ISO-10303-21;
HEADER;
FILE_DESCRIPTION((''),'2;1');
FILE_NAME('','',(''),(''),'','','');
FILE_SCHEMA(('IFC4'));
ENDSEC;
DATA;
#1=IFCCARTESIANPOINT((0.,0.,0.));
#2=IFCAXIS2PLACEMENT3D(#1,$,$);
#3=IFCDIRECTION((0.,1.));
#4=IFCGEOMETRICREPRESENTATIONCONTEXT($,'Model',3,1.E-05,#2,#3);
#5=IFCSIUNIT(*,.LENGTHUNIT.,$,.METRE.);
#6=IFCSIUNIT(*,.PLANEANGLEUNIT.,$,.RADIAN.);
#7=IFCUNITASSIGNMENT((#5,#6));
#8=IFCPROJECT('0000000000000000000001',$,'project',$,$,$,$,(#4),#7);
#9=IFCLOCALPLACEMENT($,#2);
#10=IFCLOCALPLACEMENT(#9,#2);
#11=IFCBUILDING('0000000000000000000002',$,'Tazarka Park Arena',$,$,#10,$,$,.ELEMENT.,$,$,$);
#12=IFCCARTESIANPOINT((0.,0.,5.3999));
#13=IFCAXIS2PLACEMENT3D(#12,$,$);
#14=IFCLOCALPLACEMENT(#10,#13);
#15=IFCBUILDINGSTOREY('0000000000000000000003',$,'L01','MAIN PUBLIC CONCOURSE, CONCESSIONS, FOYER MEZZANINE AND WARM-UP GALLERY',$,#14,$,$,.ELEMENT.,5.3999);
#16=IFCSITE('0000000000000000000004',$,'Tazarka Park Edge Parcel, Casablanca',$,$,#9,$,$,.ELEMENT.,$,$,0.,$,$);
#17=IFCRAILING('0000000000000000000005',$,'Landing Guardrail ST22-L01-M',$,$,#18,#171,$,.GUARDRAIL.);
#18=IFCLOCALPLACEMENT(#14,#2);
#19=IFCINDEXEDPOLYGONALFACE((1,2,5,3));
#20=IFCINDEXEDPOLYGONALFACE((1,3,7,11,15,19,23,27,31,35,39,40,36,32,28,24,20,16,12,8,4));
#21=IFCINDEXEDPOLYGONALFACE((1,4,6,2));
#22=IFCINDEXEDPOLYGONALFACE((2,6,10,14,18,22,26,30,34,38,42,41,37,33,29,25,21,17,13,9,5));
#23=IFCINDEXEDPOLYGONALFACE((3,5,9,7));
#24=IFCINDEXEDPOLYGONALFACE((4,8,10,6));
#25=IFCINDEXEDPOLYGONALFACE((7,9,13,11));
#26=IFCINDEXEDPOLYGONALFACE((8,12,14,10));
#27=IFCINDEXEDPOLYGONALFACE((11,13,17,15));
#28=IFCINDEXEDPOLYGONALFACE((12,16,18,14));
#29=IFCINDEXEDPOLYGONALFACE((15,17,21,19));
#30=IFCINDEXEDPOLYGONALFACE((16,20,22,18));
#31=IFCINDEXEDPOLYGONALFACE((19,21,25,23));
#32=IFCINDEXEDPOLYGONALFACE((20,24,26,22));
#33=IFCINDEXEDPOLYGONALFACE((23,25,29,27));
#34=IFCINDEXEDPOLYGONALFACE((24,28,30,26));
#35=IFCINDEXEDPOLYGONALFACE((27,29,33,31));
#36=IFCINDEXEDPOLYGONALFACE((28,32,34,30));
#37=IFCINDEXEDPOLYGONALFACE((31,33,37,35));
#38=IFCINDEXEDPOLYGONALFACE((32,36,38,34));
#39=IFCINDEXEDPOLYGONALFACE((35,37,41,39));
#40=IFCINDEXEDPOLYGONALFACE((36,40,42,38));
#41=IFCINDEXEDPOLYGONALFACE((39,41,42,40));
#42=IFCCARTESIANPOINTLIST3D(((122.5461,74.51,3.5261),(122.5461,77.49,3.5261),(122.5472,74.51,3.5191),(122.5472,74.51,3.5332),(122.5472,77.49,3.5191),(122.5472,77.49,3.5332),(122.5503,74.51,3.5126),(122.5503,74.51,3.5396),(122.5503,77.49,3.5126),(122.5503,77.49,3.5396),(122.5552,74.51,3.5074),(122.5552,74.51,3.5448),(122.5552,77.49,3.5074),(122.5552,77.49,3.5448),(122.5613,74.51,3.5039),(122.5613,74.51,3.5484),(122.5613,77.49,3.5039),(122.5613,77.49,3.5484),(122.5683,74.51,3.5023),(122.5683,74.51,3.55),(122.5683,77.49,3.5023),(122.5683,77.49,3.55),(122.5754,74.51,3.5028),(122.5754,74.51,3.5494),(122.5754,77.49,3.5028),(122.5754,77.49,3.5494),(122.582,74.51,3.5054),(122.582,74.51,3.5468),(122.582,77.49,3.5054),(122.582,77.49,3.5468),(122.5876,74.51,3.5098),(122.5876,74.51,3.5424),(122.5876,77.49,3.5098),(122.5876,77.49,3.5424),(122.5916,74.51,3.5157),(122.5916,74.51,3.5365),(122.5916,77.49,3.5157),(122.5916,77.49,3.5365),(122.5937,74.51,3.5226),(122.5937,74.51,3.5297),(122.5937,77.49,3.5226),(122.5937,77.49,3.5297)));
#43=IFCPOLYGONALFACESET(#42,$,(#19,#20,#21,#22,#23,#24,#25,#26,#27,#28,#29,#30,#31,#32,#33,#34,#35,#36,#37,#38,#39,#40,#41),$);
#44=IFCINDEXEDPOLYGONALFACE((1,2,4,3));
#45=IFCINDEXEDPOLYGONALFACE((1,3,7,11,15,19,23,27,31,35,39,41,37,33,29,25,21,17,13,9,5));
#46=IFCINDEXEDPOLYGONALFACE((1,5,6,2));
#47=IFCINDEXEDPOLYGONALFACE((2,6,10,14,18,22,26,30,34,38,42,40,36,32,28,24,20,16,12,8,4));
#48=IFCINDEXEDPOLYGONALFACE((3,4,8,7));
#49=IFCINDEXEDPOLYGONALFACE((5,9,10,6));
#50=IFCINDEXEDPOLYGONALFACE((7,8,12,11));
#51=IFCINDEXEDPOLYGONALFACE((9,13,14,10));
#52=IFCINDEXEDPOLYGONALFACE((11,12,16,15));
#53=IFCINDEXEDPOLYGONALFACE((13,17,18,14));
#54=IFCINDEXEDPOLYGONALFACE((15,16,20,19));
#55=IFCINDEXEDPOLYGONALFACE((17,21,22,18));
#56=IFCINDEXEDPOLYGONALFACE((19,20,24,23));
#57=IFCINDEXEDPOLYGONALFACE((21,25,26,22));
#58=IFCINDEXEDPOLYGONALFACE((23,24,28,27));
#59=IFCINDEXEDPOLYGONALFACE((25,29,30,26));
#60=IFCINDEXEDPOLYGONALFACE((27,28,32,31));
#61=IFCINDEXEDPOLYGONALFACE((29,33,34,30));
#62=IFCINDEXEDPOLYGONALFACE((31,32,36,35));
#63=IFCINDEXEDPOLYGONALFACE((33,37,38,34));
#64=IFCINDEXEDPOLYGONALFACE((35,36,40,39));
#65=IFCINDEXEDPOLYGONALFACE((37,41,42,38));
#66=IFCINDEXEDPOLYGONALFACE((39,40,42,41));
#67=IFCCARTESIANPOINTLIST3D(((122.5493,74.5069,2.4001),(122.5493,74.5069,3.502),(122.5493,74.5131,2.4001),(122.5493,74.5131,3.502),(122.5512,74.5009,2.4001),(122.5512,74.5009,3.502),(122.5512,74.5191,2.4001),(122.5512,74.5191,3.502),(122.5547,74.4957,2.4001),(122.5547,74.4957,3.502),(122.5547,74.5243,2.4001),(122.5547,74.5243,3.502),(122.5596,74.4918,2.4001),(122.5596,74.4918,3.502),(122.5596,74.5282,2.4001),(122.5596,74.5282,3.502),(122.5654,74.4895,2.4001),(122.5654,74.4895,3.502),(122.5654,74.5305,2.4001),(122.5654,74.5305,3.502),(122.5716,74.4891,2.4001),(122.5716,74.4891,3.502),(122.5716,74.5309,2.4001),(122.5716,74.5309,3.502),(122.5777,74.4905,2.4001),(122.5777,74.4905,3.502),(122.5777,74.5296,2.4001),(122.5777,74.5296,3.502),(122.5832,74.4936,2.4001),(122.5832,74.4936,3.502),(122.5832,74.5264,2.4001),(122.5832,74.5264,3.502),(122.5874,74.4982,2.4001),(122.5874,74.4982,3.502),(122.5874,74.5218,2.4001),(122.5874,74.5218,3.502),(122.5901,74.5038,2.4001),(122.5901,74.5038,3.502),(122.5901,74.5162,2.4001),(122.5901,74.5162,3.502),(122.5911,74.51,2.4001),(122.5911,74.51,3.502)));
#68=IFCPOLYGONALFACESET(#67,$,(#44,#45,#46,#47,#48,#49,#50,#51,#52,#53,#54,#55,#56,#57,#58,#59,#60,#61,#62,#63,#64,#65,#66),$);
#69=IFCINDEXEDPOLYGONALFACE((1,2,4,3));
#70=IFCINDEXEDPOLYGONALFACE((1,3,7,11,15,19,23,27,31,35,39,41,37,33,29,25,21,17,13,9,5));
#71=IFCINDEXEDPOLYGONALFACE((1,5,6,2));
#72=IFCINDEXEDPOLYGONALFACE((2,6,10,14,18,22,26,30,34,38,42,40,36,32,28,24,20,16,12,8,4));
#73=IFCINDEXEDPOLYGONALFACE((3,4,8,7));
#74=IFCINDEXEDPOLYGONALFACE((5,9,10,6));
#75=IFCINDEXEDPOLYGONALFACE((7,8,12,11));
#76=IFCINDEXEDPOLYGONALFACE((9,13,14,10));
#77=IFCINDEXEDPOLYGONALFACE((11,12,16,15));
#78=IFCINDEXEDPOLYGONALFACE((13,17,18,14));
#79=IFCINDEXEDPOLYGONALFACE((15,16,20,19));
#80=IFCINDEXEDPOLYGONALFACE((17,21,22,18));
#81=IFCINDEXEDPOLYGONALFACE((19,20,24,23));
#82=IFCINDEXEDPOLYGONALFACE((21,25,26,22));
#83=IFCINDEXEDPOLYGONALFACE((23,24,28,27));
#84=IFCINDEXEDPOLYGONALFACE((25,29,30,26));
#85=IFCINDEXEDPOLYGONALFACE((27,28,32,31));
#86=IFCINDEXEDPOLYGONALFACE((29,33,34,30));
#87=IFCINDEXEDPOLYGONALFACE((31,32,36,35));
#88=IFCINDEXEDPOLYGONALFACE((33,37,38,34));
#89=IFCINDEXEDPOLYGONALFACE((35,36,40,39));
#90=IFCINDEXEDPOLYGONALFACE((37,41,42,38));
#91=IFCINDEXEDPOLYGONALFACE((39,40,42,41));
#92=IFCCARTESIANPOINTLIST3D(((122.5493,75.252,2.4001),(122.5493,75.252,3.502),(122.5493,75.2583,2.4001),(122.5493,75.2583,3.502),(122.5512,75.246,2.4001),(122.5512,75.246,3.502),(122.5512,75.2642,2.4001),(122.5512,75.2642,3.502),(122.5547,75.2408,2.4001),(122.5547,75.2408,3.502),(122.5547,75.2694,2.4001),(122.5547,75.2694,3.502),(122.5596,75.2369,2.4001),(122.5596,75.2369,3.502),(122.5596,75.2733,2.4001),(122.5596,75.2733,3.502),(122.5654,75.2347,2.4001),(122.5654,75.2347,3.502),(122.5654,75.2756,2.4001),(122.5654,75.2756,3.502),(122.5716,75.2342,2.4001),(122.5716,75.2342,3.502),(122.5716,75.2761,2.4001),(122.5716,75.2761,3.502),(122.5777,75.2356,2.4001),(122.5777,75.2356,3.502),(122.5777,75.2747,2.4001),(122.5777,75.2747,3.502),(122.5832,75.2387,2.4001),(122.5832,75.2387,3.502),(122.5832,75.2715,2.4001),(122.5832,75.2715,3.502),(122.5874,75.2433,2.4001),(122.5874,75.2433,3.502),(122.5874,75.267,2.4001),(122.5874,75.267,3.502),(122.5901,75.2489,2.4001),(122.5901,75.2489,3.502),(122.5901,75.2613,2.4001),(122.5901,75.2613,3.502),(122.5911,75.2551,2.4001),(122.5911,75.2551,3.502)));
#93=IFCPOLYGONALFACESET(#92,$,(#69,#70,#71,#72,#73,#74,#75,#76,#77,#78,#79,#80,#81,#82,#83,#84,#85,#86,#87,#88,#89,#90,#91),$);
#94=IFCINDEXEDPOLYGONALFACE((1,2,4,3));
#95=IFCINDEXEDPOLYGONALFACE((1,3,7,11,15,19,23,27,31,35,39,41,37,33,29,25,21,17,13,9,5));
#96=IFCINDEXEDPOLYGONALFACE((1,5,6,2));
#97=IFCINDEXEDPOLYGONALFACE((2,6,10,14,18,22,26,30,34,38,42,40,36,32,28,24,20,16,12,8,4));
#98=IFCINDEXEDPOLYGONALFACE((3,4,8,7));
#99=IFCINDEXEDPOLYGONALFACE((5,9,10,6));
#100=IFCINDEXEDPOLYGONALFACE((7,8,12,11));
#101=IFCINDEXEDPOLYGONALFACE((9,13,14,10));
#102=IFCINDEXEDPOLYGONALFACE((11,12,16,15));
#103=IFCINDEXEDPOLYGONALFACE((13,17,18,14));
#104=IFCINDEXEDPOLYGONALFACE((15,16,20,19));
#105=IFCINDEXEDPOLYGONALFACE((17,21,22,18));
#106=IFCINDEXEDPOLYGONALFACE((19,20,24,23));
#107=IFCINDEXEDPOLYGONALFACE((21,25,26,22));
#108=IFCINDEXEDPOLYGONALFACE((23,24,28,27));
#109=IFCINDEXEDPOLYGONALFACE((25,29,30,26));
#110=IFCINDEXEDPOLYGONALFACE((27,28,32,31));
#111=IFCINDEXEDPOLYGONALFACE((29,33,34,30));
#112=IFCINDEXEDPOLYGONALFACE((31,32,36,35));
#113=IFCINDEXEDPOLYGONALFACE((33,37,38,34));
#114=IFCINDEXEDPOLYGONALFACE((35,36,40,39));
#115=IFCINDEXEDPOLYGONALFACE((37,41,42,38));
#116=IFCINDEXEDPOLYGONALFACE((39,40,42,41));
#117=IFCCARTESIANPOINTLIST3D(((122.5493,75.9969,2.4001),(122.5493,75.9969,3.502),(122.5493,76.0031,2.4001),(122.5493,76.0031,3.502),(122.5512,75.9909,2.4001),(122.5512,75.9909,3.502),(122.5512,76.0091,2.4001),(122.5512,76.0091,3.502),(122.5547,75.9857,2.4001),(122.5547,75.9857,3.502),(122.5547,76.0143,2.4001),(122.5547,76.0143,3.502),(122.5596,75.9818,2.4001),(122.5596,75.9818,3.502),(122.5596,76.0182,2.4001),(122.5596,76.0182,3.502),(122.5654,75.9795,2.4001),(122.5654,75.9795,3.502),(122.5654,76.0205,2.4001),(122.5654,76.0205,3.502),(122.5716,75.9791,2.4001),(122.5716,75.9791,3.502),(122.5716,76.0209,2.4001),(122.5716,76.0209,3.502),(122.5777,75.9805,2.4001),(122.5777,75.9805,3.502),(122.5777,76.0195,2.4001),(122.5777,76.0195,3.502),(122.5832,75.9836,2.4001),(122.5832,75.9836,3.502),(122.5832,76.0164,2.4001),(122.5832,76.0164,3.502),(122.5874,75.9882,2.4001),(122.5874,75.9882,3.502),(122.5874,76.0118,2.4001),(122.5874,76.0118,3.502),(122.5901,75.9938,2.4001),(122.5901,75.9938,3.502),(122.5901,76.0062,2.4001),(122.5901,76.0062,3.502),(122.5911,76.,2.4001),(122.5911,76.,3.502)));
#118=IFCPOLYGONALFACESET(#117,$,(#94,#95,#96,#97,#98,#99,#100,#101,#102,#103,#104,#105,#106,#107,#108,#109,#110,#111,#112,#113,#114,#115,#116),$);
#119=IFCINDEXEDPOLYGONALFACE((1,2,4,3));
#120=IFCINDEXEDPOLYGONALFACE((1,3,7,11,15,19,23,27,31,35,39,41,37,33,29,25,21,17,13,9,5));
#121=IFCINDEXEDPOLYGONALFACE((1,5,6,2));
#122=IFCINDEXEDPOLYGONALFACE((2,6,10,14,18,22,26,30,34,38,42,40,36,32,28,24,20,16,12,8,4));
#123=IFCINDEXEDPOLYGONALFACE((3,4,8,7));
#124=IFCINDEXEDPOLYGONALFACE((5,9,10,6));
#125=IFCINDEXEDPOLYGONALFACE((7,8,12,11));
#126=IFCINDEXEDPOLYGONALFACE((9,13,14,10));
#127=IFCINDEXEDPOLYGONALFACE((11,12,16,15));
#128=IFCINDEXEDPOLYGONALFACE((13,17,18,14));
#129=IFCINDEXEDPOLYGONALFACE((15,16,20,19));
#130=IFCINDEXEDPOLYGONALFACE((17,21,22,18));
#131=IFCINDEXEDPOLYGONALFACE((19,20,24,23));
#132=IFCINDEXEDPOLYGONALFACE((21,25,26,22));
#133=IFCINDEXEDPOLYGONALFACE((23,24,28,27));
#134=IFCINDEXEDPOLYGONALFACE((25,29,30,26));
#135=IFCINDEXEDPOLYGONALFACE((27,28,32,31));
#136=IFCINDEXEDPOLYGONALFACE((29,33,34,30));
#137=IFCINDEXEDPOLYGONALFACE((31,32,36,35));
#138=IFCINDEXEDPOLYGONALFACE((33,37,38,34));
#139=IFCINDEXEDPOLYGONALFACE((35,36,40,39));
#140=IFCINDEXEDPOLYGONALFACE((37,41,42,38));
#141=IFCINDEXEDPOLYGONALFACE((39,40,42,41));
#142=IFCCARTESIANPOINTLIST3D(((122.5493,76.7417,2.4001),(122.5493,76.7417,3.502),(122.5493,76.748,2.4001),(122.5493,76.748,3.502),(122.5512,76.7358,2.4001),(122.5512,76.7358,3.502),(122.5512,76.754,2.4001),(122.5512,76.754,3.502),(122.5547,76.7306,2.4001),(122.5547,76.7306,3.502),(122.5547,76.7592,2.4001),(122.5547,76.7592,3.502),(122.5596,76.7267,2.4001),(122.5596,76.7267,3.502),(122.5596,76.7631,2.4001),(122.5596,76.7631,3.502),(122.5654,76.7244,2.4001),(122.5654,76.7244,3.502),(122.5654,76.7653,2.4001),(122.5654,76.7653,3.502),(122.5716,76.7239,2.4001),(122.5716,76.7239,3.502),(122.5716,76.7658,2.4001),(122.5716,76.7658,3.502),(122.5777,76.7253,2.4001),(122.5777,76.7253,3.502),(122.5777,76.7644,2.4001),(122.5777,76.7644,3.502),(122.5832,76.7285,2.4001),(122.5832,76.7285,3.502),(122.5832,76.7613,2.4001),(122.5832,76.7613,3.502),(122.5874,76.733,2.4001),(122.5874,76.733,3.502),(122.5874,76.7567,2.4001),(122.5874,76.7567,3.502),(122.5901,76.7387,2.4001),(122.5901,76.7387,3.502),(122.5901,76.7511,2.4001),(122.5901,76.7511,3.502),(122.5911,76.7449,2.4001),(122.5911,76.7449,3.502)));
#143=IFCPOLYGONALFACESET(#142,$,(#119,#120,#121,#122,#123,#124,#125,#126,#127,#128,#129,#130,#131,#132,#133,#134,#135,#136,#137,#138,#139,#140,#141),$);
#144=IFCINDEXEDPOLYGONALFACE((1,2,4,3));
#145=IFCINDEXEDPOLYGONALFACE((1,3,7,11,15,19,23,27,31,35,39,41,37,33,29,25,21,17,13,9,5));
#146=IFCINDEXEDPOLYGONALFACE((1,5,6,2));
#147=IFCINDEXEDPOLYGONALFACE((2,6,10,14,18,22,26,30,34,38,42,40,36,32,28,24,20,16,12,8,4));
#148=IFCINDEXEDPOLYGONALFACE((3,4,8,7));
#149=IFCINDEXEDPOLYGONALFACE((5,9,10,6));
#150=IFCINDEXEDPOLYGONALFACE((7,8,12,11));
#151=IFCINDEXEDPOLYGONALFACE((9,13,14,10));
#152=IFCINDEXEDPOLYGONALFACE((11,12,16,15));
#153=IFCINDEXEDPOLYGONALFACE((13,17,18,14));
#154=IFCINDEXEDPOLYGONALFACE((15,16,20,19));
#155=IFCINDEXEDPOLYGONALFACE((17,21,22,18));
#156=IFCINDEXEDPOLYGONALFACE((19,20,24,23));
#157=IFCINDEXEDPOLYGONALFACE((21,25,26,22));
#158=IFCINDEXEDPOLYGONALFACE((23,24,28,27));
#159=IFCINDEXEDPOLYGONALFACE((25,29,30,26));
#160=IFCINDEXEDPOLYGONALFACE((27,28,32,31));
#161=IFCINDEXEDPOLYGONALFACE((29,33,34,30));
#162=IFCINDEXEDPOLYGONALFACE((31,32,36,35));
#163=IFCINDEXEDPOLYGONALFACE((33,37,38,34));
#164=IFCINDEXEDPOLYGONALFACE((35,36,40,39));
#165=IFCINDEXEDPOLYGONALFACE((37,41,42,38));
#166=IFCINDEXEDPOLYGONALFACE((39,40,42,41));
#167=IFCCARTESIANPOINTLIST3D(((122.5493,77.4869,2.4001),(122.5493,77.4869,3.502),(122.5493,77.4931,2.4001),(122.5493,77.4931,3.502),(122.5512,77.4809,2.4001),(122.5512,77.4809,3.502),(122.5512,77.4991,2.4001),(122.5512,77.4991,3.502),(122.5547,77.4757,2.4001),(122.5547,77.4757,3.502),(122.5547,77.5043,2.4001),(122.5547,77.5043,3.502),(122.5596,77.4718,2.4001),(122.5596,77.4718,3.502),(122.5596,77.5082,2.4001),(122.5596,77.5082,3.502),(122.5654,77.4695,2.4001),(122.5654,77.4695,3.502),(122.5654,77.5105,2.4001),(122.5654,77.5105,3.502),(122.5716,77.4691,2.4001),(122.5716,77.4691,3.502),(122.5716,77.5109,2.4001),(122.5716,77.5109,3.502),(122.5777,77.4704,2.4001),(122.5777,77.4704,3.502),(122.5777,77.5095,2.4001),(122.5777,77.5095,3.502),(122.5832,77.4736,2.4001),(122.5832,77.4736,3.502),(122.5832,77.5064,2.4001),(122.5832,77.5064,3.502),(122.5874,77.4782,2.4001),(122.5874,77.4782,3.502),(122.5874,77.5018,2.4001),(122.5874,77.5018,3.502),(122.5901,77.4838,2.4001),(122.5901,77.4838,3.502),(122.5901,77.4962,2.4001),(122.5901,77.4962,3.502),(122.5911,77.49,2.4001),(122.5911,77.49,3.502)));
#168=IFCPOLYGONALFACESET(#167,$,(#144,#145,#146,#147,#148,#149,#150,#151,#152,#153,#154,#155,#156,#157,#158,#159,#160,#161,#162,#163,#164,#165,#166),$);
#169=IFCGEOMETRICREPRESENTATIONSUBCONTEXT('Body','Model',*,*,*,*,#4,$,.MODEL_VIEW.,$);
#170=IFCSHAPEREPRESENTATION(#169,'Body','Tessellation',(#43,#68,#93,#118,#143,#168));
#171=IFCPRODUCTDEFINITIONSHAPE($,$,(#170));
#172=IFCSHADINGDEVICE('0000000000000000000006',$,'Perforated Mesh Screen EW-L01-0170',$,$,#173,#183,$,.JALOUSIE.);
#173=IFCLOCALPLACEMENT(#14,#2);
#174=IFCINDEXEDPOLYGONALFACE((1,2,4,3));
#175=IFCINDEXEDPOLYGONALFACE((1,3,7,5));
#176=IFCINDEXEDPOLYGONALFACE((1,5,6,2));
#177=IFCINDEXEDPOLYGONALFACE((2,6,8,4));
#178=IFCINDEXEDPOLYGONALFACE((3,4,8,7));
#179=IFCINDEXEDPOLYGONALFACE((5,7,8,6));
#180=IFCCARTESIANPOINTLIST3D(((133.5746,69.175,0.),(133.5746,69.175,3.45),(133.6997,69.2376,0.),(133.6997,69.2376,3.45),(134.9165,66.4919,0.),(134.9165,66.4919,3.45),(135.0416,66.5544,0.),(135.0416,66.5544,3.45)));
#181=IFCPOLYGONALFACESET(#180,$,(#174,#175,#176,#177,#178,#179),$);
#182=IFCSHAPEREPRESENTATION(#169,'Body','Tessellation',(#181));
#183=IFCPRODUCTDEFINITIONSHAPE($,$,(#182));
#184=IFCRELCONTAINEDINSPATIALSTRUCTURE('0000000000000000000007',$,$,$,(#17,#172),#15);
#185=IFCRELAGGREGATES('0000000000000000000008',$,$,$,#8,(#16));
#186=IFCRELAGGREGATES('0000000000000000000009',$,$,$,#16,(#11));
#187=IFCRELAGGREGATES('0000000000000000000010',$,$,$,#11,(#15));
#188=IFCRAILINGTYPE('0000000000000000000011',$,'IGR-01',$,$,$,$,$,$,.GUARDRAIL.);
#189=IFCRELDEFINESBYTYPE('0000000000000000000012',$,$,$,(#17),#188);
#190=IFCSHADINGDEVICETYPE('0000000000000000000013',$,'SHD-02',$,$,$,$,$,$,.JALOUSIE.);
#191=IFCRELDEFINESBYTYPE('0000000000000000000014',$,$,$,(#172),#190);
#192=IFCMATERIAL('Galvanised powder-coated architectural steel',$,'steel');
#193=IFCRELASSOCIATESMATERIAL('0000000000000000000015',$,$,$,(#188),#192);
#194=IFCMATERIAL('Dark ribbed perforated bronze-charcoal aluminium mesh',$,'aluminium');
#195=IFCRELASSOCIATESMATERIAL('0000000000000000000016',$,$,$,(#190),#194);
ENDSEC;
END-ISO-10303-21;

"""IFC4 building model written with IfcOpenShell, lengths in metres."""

from ifc_helpers import new_model, si_unit, direction, frame, origin, origin_2d, place, context, subcontext, project, spatial, rectangle, circle, extrude, material, type_object, element, save


model = new_model("IFC4")

# Units and contexts
model_context = context("Model", 3, precision=1e-05, world=origin(), true_north=direction((0.0, 1.0)))
body_context = subcontext(model_context, "Body", "Model", "MODEL_VIEW")
ifc_project = project(units=[si_unit("LENGTHUNIT", "METRE"), si_unit("PLANEANGLEUNIT", "RADIAN")], contexts=[model_context])

# Site, building, storey
site_placement = place(None, origin())
site = spatial("IfcSite", under=ifc_project, at=site_placement, Name="Tazarka Park Edge Parcel, Casablanca", CompositionType="ELEMENT", RefElevation=0.0)
building_placement = place(site_placement, origin())
building = spatial("IfcBuilding", under=site, at=building_placement, Name="Tazarka Park Arena", CompositionType="ELEMENT")
storey_placement = place(building_placement, frame((0.0, 0.0, 5.3999)))
storey = spatial("IfcBuildingStorey", under=building, at=storey_placement, Name="L01", Description="MAIN PUBLIC CONCOURSE, CONCESSIONS, FOYER MEZZANINE AND WARM-UP GALLERY", CompositionType="ELEMENT", Elevation=5.3999)

# Railing
ifc_material_1 = material(Name="Galvanised powder-coated architectural steel", Category="steel")
railing_type_1 = type_object("IfcRailingType", Name="IGR-01", PredefinedType="GUARDRAIL", material=ifc_material_1)
for number, where, name in (
    (1, (122.5701, 74.51, 2.4001), "Landing Guardrail ST22-L01-M"),
):
    element("IfcRailing", number, at=place(storey_placement, frame(where)), inside=storey, type_object=railing_type_1, Name=name, PredefinedType="GUARDRAIL", context=body_context, shape_type="SweptSolid", body=[
        extrude(circle(Radius=0.0239, at=origin_2d()), frame((0.0, 0.0, 1.126), z_axis=(0.0, 1.0, 0.0), x_axis=(-1.0, 0.0, 0.0)), (0.0, 0.0, 1.0), 2.98),
        extrude(circle(Radius=0.021, at=origin_2d()), origin(), (0.0, 0.0, 1.0), 1.1018),
        extrude(circle(Radius=0.021, at=origin_2d()), frame((0.0, 0.7451, 0.0)), (0.0, 0.0, 1.0), 1.1018),
        extrude(circle(Radius=0.021, at=origin_2d()), frame((0.0, 1.49, 0.0)), (0.0, 0.0, 1.0), 1.1018),
        extrude(circle(Radius=0.021, at=origin_2d()), frame((0.0, 2.2349, 0.0)), (0.0, 0.0, 1.0), 1.1018),
        extrude(circle(Radius=0.021, at=origin_2d()), frame((0.0, 2.98, 0.0)), (0.0, 0.0, 1.0), 1.1018),
    ])

# Shading device
ifc_material_2 = material(Name="Dark ribbed perforated bronze-charcoal aluminium mesh", Category="aluminium")
shading_device_type = type_object("IfcShadingDeviceType", Name="SHD-02", PredefinedType="JALOUSIE", material=ifc_material_2)
shading_device_placement = place(storey_placement, frame((134.3081, 67.8647, 0.0), z_axis=(0.0, 0.0, 1.0), x_axis=(0.447291, -0.894389, 0.0)))
element("IfcShadingDevice", 2, at=shading_device_placement, inside=storey, type_object=shading_device_type, Name="Perforated Mesh Screen EW-L01-0170", PredefinedType="JALOUSIE", context=body_context, shape_type="SweptSolid", body=[
    extrude(rectangle(XDim=3.0, YDim=0.1399, at=origin_2d()), origin(), (0.0, 0.0, 1.0), 3.45),
])

save(model, "model.ifc")
